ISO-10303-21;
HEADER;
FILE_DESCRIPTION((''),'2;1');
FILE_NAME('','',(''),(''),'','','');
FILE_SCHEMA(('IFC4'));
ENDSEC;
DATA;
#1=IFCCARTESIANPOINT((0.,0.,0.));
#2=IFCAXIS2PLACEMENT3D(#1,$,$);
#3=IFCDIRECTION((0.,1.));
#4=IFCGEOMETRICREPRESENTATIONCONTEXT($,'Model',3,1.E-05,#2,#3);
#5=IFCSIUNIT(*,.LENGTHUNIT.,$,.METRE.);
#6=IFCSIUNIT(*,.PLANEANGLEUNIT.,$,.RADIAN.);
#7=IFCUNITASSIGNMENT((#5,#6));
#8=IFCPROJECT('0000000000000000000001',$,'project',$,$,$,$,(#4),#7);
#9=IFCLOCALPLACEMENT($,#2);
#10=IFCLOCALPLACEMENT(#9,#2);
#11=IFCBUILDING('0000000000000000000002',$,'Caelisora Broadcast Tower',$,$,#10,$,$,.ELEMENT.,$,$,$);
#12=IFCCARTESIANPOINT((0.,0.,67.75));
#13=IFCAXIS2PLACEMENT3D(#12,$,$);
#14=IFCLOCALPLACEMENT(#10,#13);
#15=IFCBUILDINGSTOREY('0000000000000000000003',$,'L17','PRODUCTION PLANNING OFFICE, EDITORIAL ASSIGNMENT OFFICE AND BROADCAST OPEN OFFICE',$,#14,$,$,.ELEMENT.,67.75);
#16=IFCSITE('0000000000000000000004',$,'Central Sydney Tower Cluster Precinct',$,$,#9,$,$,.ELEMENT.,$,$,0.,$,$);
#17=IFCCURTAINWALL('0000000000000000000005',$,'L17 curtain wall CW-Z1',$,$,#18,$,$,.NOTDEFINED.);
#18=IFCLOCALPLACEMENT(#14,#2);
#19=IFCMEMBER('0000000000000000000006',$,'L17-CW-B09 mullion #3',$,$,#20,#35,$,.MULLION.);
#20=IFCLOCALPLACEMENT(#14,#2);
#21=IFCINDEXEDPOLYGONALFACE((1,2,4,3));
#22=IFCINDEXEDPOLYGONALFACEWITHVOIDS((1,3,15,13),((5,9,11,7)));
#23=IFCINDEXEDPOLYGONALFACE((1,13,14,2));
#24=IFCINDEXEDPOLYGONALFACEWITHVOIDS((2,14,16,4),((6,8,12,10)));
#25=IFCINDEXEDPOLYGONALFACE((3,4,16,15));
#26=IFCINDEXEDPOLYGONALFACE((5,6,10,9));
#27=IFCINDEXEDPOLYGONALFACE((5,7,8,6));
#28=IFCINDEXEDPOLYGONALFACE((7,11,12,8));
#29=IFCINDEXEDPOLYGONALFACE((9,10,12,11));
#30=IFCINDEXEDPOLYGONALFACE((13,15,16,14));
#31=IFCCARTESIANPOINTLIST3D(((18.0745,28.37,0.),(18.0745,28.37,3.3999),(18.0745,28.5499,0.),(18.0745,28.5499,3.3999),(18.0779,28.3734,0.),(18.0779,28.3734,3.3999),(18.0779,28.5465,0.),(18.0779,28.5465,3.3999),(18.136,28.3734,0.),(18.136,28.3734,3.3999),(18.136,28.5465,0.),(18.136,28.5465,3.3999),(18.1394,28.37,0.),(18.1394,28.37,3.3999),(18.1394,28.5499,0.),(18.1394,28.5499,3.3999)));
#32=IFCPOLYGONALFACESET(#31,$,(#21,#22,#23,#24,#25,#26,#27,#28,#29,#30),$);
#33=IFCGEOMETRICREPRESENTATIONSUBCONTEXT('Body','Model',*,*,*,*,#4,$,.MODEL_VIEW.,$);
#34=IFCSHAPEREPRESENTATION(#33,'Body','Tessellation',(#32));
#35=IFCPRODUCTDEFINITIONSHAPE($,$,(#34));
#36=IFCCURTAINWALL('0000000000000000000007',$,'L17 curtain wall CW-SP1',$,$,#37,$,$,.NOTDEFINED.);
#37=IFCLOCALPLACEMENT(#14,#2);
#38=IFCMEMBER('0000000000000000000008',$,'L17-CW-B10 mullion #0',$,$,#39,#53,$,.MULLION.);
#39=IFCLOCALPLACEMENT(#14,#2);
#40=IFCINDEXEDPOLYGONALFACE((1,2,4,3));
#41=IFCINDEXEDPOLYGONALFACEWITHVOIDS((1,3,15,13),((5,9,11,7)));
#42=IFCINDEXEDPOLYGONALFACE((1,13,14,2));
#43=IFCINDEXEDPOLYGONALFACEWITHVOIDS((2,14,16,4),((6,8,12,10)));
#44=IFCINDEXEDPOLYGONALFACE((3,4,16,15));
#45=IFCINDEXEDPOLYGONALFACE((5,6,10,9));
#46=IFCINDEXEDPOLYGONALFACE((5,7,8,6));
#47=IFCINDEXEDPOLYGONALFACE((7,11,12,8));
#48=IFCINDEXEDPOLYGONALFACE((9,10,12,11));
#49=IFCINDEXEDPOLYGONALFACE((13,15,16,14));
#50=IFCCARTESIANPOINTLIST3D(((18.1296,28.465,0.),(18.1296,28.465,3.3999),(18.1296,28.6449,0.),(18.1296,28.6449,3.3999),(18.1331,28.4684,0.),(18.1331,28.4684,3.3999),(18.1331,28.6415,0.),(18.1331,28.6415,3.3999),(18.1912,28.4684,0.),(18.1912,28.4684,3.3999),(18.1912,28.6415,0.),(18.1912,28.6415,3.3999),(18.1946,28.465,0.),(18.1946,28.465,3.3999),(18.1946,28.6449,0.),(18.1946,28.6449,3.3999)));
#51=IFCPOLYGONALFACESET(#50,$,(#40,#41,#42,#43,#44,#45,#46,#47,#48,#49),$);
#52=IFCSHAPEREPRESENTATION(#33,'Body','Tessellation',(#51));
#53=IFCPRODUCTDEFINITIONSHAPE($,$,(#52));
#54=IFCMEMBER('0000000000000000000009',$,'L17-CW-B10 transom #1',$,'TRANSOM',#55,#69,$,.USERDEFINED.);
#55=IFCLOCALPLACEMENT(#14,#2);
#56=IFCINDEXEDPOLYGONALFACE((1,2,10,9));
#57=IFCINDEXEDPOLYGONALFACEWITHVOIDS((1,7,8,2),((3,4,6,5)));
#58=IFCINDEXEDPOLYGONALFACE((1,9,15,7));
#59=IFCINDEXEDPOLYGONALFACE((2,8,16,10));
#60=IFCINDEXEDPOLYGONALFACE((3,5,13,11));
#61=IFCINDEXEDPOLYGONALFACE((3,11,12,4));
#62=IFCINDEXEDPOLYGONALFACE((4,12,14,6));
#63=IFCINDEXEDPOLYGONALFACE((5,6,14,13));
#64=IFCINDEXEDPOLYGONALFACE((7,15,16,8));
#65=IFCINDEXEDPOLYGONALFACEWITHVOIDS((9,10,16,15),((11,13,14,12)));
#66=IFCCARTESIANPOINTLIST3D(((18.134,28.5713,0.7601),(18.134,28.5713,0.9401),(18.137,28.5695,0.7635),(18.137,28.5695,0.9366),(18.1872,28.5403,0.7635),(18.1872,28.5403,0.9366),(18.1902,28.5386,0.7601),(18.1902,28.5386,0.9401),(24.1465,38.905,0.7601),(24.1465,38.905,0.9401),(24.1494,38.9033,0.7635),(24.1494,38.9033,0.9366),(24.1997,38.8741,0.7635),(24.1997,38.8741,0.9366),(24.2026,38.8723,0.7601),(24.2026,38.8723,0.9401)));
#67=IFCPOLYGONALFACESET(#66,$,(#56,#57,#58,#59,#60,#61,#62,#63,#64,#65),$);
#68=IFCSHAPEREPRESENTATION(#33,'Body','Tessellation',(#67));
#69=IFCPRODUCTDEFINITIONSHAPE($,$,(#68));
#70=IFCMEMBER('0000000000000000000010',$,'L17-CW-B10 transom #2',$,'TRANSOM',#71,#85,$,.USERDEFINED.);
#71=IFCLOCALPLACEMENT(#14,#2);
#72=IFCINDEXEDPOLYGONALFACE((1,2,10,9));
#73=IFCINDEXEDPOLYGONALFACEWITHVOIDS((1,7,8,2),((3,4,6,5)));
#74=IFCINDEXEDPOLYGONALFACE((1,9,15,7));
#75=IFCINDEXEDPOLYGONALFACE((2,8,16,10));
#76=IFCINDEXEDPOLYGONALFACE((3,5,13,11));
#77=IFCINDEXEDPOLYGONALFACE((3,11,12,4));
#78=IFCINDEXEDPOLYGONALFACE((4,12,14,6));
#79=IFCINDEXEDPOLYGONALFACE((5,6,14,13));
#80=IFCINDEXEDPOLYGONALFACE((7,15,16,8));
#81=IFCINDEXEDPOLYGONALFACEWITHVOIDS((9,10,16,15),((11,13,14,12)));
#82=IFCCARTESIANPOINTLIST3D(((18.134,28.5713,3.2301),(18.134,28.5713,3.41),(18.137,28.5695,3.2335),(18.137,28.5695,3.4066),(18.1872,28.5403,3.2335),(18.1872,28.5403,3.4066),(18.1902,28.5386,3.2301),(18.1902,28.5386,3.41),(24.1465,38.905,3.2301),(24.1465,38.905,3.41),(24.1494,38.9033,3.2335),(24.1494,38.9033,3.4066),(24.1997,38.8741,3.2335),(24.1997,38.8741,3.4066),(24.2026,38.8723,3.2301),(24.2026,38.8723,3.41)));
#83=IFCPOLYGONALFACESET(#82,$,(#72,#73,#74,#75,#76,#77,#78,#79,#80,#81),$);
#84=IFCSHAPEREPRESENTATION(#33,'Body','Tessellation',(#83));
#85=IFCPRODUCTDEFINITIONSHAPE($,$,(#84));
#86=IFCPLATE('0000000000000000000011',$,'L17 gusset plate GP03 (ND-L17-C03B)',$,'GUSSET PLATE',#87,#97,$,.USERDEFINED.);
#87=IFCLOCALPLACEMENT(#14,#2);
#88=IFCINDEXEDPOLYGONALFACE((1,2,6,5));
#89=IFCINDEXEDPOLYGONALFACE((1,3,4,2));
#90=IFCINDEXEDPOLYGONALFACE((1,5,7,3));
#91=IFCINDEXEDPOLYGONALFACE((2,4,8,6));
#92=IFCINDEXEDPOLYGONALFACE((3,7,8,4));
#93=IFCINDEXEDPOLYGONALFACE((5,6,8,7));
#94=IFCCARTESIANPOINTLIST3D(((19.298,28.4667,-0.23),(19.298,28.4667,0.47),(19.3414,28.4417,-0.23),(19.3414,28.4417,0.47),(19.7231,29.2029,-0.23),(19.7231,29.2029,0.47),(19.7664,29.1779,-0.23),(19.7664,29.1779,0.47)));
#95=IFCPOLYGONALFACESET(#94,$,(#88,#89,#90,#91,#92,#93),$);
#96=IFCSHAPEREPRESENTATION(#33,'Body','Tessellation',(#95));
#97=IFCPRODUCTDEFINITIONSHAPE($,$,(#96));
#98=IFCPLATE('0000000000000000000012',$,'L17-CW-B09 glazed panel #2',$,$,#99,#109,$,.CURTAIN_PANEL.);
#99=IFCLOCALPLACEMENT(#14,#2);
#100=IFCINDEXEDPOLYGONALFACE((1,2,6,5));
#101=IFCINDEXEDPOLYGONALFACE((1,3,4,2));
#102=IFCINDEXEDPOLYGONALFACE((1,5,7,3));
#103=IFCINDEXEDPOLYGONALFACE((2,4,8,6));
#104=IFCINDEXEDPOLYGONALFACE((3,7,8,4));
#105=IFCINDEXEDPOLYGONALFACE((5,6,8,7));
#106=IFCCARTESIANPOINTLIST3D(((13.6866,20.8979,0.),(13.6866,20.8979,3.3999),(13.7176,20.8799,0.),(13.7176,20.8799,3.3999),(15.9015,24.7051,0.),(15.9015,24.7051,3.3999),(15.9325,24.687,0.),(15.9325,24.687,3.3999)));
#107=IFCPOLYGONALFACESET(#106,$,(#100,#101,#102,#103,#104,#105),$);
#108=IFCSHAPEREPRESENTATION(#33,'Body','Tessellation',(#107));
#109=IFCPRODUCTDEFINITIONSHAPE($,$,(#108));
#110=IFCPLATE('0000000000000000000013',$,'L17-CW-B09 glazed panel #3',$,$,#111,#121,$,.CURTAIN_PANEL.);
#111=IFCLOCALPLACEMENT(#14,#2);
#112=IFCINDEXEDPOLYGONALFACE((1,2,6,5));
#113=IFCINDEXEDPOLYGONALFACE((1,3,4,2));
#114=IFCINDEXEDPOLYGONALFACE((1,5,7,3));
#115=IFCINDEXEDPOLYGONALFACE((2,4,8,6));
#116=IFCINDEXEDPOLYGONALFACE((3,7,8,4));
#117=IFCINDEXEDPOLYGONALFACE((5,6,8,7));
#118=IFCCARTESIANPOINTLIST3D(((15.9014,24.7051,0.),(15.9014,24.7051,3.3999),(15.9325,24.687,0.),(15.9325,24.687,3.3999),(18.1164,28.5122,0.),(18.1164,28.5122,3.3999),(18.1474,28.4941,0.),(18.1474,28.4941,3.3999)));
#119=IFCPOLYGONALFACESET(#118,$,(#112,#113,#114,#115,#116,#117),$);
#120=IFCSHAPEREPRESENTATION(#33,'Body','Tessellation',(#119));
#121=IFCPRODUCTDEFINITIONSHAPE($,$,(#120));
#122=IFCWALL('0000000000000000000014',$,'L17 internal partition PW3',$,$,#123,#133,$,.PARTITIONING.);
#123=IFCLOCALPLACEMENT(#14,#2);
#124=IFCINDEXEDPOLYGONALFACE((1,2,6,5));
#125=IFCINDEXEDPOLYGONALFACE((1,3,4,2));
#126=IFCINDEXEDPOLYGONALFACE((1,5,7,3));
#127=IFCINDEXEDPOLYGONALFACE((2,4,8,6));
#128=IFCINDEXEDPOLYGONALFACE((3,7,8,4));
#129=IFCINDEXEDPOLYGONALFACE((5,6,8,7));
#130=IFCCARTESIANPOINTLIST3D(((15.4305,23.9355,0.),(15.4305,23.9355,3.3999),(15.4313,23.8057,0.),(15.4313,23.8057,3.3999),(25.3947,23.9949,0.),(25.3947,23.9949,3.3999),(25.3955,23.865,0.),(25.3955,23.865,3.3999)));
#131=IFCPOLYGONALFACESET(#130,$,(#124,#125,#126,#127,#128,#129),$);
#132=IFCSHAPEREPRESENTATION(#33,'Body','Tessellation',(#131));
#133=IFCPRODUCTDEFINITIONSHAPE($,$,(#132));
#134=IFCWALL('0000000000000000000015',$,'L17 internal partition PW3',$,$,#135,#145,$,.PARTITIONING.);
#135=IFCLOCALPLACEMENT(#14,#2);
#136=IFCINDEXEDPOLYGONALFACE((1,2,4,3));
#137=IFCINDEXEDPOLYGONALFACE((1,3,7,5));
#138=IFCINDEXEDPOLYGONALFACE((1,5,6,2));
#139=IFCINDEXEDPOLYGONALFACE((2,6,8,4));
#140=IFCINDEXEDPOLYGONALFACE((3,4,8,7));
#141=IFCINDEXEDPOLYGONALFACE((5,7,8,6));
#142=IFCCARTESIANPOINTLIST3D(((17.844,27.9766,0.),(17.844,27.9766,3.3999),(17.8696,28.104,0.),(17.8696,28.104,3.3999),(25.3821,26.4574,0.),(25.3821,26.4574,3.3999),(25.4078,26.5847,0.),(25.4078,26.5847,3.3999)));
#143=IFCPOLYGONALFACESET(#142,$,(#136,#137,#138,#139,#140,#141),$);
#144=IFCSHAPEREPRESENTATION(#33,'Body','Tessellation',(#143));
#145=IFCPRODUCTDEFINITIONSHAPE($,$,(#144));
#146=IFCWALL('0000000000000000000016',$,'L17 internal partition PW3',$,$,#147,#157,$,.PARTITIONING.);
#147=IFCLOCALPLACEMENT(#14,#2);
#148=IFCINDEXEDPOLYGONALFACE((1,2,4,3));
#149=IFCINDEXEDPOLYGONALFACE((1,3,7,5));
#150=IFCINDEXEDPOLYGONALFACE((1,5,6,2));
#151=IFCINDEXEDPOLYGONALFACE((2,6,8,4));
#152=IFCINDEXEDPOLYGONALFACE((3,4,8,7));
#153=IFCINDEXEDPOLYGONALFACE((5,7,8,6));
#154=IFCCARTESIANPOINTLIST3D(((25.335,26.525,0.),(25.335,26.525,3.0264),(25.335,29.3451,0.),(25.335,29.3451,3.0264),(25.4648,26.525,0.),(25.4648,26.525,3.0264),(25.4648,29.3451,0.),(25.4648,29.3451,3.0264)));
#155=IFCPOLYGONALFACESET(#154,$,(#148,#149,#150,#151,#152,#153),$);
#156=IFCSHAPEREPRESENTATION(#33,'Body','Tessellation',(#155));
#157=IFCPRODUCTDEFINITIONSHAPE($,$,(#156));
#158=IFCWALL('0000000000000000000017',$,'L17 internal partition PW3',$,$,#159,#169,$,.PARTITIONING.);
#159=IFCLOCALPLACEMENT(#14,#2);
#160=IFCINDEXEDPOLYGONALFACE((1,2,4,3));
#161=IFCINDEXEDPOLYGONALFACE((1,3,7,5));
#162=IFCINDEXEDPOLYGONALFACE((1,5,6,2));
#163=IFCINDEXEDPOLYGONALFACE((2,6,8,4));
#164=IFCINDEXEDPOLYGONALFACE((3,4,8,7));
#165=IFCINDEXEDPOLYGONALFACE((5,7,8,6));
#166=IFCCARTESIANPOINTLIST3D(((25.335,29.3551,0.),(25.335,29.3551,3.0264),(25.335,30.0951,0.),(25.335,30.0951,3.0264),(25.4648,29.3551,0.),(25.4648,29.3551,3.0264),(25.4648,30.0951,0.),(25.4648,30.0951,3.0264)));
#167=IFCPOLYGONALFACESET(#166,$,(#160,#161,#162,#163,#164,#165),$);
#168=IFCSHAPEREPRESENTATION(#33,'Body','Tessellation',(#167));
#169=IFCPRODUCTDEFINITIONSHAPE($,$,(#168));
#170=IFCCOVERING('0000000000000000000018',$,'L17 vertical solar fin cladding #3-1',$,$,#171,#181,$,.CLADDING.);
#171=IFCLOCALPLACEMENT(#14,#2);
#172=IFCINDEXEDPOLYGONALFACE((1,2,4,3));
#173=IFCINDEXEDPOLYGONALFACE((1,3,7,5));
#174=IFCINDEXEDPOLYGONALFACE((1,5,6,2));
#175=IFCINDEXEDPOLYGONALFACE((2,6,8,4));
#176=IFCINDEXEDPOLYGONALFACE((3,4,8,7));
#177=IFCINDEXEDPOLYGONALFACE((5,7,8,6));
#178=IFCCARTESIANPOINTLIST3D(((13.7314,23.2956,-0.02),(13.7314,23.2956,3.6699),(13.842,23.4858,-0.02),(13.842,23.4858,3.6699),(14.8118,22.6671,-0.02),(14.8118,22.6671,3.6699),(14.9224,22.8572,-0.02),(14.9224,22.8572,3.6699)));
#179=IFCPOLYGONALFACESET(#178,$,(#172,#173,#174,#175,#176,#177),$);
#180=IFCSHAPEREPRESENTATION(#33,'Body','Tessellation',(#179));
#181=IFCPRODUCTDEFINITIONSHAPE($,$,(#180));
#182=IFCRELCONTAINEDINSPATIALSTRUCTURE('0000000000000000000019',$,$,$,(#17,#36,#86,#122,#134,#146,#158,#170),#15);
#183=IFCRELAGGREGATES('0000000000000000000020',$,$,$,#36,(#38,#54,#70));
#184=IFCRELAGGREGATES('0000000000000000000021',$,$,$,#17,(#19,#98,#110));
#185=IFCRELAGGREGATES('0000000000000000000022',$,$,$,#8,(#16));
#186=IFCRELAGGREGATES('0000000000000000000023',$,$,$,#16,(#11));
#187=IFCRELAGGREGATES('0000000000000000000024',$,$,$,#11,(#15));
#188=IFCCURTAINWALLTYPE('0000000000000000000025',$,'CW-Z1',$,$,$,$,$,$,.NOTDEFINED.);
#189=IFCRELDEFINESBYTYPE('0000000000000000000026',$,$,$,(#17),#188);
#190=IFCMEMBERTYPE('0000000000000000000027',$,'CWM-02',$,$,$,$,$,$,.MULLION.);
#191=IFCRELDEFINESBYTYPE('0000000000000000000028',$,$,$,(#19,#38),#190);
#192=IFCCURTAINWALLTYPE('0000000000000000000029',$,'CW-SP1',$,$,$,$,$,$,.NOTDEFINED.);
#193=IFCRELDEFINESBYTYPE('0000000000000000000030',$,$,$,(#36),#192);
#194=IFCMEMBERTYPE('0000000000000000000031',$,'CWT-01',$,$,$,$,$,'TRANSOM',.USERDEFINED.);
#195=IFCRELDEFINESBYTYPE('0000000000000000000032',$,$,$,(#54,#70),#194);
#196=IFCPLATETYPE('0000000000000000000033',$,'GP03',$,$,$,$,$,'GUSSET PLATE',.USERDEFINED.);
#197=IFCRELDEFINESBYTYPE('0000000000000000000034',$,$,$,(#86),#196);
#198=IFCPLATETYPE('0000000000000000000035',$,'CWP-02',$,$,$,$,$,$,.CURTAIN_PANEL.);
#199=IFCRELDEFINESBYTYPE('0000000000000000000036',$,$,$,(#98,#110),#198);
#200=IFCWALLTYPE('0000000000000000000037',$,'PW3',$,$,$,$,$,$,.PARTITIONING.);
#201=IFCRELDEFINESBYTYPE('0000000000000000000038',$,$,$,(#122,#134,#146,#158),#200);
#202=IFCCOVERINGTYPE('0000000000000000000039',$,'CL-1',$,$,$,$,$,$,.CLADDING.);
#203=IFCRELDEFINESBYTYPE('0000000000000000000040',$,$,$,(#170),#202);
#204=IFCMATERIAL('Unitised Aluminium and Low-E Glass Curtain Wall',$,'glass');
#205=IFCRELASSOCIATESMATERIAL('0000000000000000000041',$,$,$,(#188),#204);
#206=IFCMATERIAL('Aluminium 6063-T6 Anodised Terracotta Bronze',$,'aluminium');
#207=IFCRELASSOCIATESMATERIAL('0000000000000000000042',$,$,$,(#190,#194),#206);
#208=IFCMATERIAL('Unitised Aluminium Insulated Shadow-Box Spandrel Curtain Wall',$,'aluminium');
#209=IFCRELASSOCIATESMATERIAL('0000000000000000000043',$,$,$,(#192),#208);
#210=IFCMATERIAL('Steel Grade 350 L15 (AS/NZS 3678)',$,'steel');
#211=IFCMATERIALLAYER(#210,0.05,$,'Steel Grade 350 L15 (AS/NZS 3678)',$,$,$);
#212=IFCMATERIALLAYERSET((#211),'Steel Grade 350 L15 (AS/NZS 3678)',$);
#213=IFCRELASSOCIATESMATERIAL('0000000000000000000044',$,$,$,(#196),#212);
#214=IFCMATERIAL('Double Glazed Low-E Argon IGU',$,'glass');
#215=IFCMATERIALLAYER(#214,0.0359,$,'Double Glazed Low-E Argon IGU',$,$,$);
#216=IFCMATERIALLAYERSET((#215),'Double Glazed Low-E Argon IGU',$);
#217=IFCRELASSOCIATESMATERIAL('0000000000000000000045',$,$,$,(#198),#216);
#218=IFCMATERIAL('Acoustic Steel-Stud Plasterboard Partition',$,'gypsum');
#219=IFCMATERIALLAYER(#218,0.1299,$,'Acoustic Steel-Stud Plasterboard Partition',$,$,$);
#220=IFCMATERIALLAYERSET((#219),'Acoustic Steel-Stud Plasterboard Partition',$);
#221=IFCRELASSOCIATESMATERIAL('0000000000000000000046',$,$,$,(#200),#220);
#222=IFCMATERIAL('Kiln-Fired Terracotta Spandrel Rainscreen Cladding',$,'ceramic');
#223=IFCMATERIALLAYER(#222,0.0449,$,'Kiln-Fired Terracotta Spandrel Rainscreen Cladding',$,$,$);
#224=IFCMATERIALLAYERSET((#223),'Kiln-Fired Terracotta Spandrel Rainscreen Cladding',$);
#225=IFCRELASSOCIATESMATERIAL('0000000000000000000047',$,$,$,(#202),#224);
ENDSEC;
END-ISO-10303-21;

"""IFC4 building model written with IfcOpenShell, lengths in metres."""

from ifc_helpers import new_model, si_unit, direction, frame, frame_2d, origin, origin_2d, place, context, subcontext, project, spatial, rectangle, hollow_rectangle, extrude, source, transform, mapped, material, layer, layer_set, material_profile, profile_set, type_object, type_shapes, element, aggregate, save


model = new_model("IFC4")

# Units and contexts
model_context = context("Model", 3, precision=1e-05, world=origin(), true_north=direction((0.0, 1.0)))
body_context = subcontext(model_context, "Body", "Model", "MODEL_VIEW")
ifc_project = project(units=[si_unit("LENGTHUNIT", "METRE"), si_unit("PLANEANGLEUNIT", "RADIAN")], contexts=[model_context])

# Site, building, storey
site_placement = place(None, origin())
site = spatial("IfcSite", under=ifc_project, at=site_placement, Name="Central Sydney Tower Cluster Precinct", CompositionType="ELEMENT", RefElevation=0.0)
building_placement = place(site_placement, origin())
building = spatial("IfcBuilding", under=site, at=building_placement, Name="Caelisora Broadcast Tower", CompositionType="ELEMENT")
storey_placement = place(building_placement, frame((0.0, 0.0, 67.75)))
storey = spatial("IfcBuildingStorey", under=building, at=storey_placement, Name="L17", Description="PRODUCTION PLANNING OFFICE, EDITORIAL ASSIGNMENT OFFICE AND BROADCAST OPEN OFFICE", CompositionType="ELEMENT", Elevation=67.75)

# Shared definitions
ifc_material_1 = material(Name="Steel Grade 350 L15 (AS/NZS 3678)", Category="steel")

# Curtain walls, members
ifc_material_2 = material(Name="Unitised Aluminium and Low-E Glass Curtain Wall", Category="glass")
curtain_wall_type_1 = type_object("IfcCurtainWallType", Name="CW-Z1", PredefinedType="NOTDEFINED", material=ifc_material_2)
curtain_wall_1_placement = place(storey_placement, origin())
curtain_wall_1 = element("IfcCurtainWall", 1, at=curtain_wall_1_placement, inside=storey, type_object=curtain_wall_type_1, Name="L17 curtain wall CW-Z1", PredefinedType="NOTDEFINED")
ifc_material_3 = material(Name="Aluminium 6063-T6 Anodised Terracotta Bronze", Category="aluminium")
ifc_material_profile_1 = material_profile(ifc_material_3, hollow_rectangle(XDim=0.0649, YDim=0.1799, WallThickness=0.0034, at=origin_2d()), Name="Aluminium 6063-T6 Anodised Terracotta Bronze")
ifc_profile_set_1 = profile_set([ifc_material_profile_1], Name="Aluminium 6063-T6 Anodised Terracotta Bronze")
member_type_1 = type_object("IfcMemberType", Name="CWM-02", PredefinedType="MULLION", material=ifc_profile_set_1)
shared_shape_1 = source(origin(), body_context, "Body", "SweptSolid", [
    extrude(hollow_rectangle(XDim=0.0649, YDim=0.1799, WallThickness=0.0034, at=origin_2d()), origin(), (0.0, 0.0, 1.0), 3.3999),
])
type_shapes(member_type_1, [shared_shape_1])
member_1_placement = place(storey_placement, frame((18.1069, 28.46, 0.0), z_axis=(0.0, 0.0, 1.0), x_axis=(1.0, 0.0, 0.0)))
member_1 = element("IfcMember", 2, at=member_1_placement, type_object=member_type_1, Name="L17-CW-B09 mullion #3", PredefinedType="MULLION", context=body_context, shape_type="MappedRepresentation", body=[
    mapped(shared_shape_1, transform((0.0, 0.0, 0.0), scale=1.0)),
])
ifc_material_4 = material(Name="Unitised Aluminium Insulated Shadow-Box Spandrel Curtain Wall", Category="aluminium")
curtain_wall_type_2 = type_object("IfcCurtainWallType", Name="CW-SP1", PredefinedType="NOTDEFINED", material=ifc_material_4)
curtain_wall_2_placement = place(storey_placement, origin())
curtain_wall_2 = element("IfcCurtainWall", 3, at=curtain_wall_2_placement, inside=storey, type_object=curtain_wall_type_2, Name="L17 curtain wall CW-SP1", PredefinedType="NOTDEFINED")
member_2_placement = place(storey_placement, frame((18.1621, 28.5549, 0.0), z_axis=(0.0, 0.0, 1.0), x_axis=(1.0, 0.0, 0.0)))
member_2 = element("IfcMember", 4, at=member_2_placement, type_object=member_type_1, Name="L17-CW-B10 mullion #0", PredefinedType="MULLION", context=body_context, shape_type="MappedRepresentation", body=[
    mapped(shared_shape_1, transform((0.0, 0.0, 0.0), scale=1.0)),
])
ifc_material_profile_2 = material_profile(ifc_material_3, hollow_rectangle(XDim=0.0649, YDim=0.1799, WallThickness=0.0034, at=origin_2d()), Name="Aluminium 6063-T6 Anodised Terracotta Bronze")
ifc_profile_set_2 = profile_set([ifc_material_profile_2], Name="Aluminium 6063-T6 Anodised Terracotta Bronze")
member_type_2 = type_object("IfcMemberType", Name="CWT-01", ElementType="TRANSOM", PredefinedType="USERDEFINED", material=ifc_profile_set_2)
shared_shape_2 = source(origin(), body_context, "Body", "SweptSolid", [
    extrude(hollow_rectangle(XDim=0.0649, YDim=0.1799, WallThickness=0.0034, at=origin_2d()), origin(), (0.0, 0.0, 1.0), 11.9556),
])
type_shapes(member_type_2, [shared_shape_2])
member_3_placement = place(storey_placement, frame((18.1621, 28.5549, 0.8501), z_axis=(0.502899, 0.864345, 0.0), x_axis=(-0.864345, 0.502899, 0.0)))
member_3 = element("IfcMember", 5, at=member_3_placement, type_object=member_type_2, Name="L17-CW-B10 transom #1", ObjectType="TRANSOM", PredefinedType="USERDEFINED", context=body_context, shape_type="MappedRepresentation", body=[
    mapped(shared_shape_2, transform((0.0, 0.0, 0.0), scale=1.0)),
])
member_4_placement = place(storey_placement, frame((18.1621, 28.5549, 3.3201), z_axis=(0.502899, 0.864345, 0.0), x_axis=(-0.864345, 0.502899, 0.0)))
member_4 = element("IfcMember", 6, at=member_4_placement, type_object=member_type_2, Name="L17-CW-B10 transom #2", ObjectType="TRANSOM", PredefinedType="USERDEFINED", context=body_context, shape_type="MappedRepresentation", body=[
    mapped(shared_shape_2, transform((0.0, 0.0, 0.0), scale=1.0)),
])
aggregate(curtain_wall_2, [member_2, member_3, member_4])

# Plates
ifc_layer_1 = layer(ifc_material_1, 0.05, Name="Steel Grade 350 L15 (AS/NZS 3678)")
ifc_layer_set_1 = layer_set([ifc_layer_1], Name="Steel Grade 350 L15 (AS/NZS 3678)")
plate_type_1 = type_object("IfcPlateType", Name="GP03", ElementType="GUSSET PLATE", PredefinedType="USERDEFINED", material=ifc_layer_set_1)
shared_shape_3 = source(origin(), body_context, "Body", "SweptSolid", [
    extrude(rectangle(XDim=0.8501, YDim=0.05, at=origin_2d()), origin(), (0.0, 0.0, 1.0), 0.7),
])
type_shapes(plate_type_1, [shared_shape_3])
plate_1_placement = place(storey_placement, frame((19.5322, 28.8223, -0.23), z_axis=(0.0, 0.0, 1.0), x_axis=(-0.5, -0.866025, 0.0)))
element("IfcPlate", 7, at=plate_1_placement, inside=storey, type_object=plate_type_1, Name="L17 gusset plate GP03 (ND-L17-C03B)", ObjectType="GUSSET PLATE", PredefinedType="USERDEFINED", context=body_context, shape_type="MappedRepresentation", body=[
    mapped(shared_shape_3, transform((0.0, 0.0, 0.0), scale=1.0)),
])
ifc_material_5 = material(Name="Double Glazed Low-E Argon IGU", Category="glass")
ifc_layer_2 = layer(ifc_material_5, 0.0359, Name="Double Glazed Low-E Argon IGU")
ifc_layer_set_2 = layer_set([ifc_layer_2], Name="Double Glazed Low-E Argon IGU")
plate_type_2 = type_object("IfcPlateType", Name="CWP-02", PredefinedType="CURTAIN_PANEL", material=ifc_layer_set_2)
shared_shape_4 = source(origin(), body_context, "Body", "SweptSolid", [
    extrude(rectangle(XDim=4.4045, YDim=0.0359, at=origin_2d()), origin(), (0.0, 0.0, 1.0), 3.3999),
])
type_shapes(plate_type_2, [shared_shape_4])
plate_2_placement = place(storey_placement, frame((14.8096, 22.7925, 0.0), z_axis=(0.0, 0.0, 1.0), x_axis=(0.502869, 0.864363, 0.0)))
plate_2 = element("IfcPlate", 8, at=plate_2_placement, type_object=plate_type_2, Name="L17-CW-B09 glazed panel #2", PredefinedType="CURTAIN_PANEL", context=body_context, shape_type="MappedRepresentation", body=[
    mapped(shared_shape_4, transform((0.0, 0.0, 0.0), scale=1.0)),
])
plate_3_placement = place(storey_placement, frame((17.0244, 26.5996, 0.0), z_axis=(0.0, 0.0, 1.0), x_axis=(0.502869, 0.864363, 0.0)))
plate_3 = element("IfcPlate", 9, at=plate_3_placement, type_object=plate_type_2, Name="L17-CW-B09 glazed panel #3", PredefinedType="CURTAIN_PANEL", context=body_context, shape_type="MappedRepresentation", body=[
    mapped(shared_shape_4, transform((0.0, 0.0, 0.0), scale=1.0)),
])
aggregate(curtain_wall_1, [member_1, plate_2, plate_3])

# Walls
ifc_material_6 = material(Name="Acoustic Steel-Stud Plasterboard Partition", Category="gypsum")
ifc_layer_3 = layer(ifc_material_6, 0.1299, Name="Acoustic Steel-Stud Plasterboard Partition")
ifc_layer_set_3 = layer_set([ifc_layer_3], Name="Acoustic Steel-Stud Plasterboard Partition")
wall_type = type_object("IfcWallType", Name="PW3", PredefinedType="PARTITIONING", material=ifc_layer_set_3)
wall_1_placement = place(storey_placement, frame((15.4309, 23.8706, 0.0), z_axis=(0.0, 0.0, 1.0), x_axis=(0.999982, 0.005954, 0.0)))
element("IfcWall", 10, at=wall_1_placement, inside=storey, type_object=wall_type, Name="L17 internal partition PW3", PredefinedType="PARTITIONING", context=body_context, shape_type="SweptSolid", body=[
    extrude(rectangle(XDim=9.9644, YDim=0.1299, at=frame_2d((4.9822, 0.0))), origin(), (0.0, 0.0, 1.0), 3.3999),
])
wall_2_placement = place(storey_placement, frame((17.8569, 28.0403, 0.0), z_axis=(0.0, 0.0, 1.0), x_axis=(0.980288, -0.197575, 0.0)))
element("IfcWall", 11, at=wall_2_placement, inside=storey, type_object=wall_type, Name="L17 internal partition PW3", PredefinedType="PARTITIONING", context=body_context, shape_type="SweptSolid", body=[
    extrude(rectangle(XDim=7.6897, YDim=0.1299, at=frame_2d((3.8447, 0.0))), origin(), (0.0, 0.0, 1.0), 3.3999),
])
wall_3_placement = place(storey_placement, frame((25.3999, 26.5249, 0.0), z_axis=(0.0, 0.0, 1.0), x_axis=(0.0, 1.0, 0.0)))
element("IfcWall", 12, at=wall_3_placement, inside=storey, type_object=wall_type, Name="L17 internal partition PW3", PredefinedType="PARTITIONING", context=body_context, shape_type="SweptSolid", body=[
    extrude(rectangle(XDim=2.8201, YDim=0.1299, at=frame_2d((1.4102, 0.0))), origin(), (0.0, 0.0, 1.0), 3.0264),
])

# Wall
wall_4_placement = place(storey_placement, frame((25.3999, 29.355, 0.0), z_axis=(0.0, 0.0, 1.0), x_axis=(0.0, 1.0, 0.0)))
element("IfcWall", 13, at=wall_4_placement, inside=storey, type_object=wall_type, Name="L17 internal partition PW3", PredefinedType="PARTITIONING", context=body_context, shape_type="SweptSolid", body=[
    extrude(rectangle(XDim=0.74, YDim=0.1299, at=frame_2d((0.3701, 0.0))), origin(), (0.0, 0.0, 1.0), 3.0264),
])

# Covering
ifc_material_7 = material(Name="Kiln-Fired Terracotta Spandrel Rainscreen Cladding", Category="ceramic")
ifc_layer_4 = layer(ifc_material_7, 0.0449, Name="Kiln-Fired Terracotta Spandrel Rainscreen Cladding")
ifc_layer_set_4 = layer_set([ifc_layer_4], Name="Kiln-Fired Terracotta Spandrel Rainscreen Cladding")
covering_type = type_object("IfcCoveringType", Name="CL-1", PredefinedType="CLADDING", material=ifc_layer_set_4)
shared_shape_5 = source(origin(), body_context, "Body", "SweptSolid", [
    extrude(rectangle(XDim=0.22, YDim=1.25, at=origin_2d()), origin(), (0.0, 0.0, 1.0), 3.6899),
])
type_shapes(covering_type, [shared_shape_5])
for number, where, z_axis, x_axis, name in (
    (14, (14.3269, 23.0764, -0.02), (0.0, 0.0, 1.0), (0.502869, 0.864363, 0.0), "L17 vertical solar fin cladding #3-1"),
):
    element("IfcCovering", number, at=place(storey_placement, frame(where, z_axis=z_axis, x_axis=x_axis)), inside=storey, type_object=covering_type, Name=name, PredefinedType="CLADDING", context=body_context, shape_type="MappedRepresentation", body=[
        mapped(shared_shape_5, transform((0.0, 0.0, 0.0), scale=1.0)),
    ])

save(model, "model.ifc")
